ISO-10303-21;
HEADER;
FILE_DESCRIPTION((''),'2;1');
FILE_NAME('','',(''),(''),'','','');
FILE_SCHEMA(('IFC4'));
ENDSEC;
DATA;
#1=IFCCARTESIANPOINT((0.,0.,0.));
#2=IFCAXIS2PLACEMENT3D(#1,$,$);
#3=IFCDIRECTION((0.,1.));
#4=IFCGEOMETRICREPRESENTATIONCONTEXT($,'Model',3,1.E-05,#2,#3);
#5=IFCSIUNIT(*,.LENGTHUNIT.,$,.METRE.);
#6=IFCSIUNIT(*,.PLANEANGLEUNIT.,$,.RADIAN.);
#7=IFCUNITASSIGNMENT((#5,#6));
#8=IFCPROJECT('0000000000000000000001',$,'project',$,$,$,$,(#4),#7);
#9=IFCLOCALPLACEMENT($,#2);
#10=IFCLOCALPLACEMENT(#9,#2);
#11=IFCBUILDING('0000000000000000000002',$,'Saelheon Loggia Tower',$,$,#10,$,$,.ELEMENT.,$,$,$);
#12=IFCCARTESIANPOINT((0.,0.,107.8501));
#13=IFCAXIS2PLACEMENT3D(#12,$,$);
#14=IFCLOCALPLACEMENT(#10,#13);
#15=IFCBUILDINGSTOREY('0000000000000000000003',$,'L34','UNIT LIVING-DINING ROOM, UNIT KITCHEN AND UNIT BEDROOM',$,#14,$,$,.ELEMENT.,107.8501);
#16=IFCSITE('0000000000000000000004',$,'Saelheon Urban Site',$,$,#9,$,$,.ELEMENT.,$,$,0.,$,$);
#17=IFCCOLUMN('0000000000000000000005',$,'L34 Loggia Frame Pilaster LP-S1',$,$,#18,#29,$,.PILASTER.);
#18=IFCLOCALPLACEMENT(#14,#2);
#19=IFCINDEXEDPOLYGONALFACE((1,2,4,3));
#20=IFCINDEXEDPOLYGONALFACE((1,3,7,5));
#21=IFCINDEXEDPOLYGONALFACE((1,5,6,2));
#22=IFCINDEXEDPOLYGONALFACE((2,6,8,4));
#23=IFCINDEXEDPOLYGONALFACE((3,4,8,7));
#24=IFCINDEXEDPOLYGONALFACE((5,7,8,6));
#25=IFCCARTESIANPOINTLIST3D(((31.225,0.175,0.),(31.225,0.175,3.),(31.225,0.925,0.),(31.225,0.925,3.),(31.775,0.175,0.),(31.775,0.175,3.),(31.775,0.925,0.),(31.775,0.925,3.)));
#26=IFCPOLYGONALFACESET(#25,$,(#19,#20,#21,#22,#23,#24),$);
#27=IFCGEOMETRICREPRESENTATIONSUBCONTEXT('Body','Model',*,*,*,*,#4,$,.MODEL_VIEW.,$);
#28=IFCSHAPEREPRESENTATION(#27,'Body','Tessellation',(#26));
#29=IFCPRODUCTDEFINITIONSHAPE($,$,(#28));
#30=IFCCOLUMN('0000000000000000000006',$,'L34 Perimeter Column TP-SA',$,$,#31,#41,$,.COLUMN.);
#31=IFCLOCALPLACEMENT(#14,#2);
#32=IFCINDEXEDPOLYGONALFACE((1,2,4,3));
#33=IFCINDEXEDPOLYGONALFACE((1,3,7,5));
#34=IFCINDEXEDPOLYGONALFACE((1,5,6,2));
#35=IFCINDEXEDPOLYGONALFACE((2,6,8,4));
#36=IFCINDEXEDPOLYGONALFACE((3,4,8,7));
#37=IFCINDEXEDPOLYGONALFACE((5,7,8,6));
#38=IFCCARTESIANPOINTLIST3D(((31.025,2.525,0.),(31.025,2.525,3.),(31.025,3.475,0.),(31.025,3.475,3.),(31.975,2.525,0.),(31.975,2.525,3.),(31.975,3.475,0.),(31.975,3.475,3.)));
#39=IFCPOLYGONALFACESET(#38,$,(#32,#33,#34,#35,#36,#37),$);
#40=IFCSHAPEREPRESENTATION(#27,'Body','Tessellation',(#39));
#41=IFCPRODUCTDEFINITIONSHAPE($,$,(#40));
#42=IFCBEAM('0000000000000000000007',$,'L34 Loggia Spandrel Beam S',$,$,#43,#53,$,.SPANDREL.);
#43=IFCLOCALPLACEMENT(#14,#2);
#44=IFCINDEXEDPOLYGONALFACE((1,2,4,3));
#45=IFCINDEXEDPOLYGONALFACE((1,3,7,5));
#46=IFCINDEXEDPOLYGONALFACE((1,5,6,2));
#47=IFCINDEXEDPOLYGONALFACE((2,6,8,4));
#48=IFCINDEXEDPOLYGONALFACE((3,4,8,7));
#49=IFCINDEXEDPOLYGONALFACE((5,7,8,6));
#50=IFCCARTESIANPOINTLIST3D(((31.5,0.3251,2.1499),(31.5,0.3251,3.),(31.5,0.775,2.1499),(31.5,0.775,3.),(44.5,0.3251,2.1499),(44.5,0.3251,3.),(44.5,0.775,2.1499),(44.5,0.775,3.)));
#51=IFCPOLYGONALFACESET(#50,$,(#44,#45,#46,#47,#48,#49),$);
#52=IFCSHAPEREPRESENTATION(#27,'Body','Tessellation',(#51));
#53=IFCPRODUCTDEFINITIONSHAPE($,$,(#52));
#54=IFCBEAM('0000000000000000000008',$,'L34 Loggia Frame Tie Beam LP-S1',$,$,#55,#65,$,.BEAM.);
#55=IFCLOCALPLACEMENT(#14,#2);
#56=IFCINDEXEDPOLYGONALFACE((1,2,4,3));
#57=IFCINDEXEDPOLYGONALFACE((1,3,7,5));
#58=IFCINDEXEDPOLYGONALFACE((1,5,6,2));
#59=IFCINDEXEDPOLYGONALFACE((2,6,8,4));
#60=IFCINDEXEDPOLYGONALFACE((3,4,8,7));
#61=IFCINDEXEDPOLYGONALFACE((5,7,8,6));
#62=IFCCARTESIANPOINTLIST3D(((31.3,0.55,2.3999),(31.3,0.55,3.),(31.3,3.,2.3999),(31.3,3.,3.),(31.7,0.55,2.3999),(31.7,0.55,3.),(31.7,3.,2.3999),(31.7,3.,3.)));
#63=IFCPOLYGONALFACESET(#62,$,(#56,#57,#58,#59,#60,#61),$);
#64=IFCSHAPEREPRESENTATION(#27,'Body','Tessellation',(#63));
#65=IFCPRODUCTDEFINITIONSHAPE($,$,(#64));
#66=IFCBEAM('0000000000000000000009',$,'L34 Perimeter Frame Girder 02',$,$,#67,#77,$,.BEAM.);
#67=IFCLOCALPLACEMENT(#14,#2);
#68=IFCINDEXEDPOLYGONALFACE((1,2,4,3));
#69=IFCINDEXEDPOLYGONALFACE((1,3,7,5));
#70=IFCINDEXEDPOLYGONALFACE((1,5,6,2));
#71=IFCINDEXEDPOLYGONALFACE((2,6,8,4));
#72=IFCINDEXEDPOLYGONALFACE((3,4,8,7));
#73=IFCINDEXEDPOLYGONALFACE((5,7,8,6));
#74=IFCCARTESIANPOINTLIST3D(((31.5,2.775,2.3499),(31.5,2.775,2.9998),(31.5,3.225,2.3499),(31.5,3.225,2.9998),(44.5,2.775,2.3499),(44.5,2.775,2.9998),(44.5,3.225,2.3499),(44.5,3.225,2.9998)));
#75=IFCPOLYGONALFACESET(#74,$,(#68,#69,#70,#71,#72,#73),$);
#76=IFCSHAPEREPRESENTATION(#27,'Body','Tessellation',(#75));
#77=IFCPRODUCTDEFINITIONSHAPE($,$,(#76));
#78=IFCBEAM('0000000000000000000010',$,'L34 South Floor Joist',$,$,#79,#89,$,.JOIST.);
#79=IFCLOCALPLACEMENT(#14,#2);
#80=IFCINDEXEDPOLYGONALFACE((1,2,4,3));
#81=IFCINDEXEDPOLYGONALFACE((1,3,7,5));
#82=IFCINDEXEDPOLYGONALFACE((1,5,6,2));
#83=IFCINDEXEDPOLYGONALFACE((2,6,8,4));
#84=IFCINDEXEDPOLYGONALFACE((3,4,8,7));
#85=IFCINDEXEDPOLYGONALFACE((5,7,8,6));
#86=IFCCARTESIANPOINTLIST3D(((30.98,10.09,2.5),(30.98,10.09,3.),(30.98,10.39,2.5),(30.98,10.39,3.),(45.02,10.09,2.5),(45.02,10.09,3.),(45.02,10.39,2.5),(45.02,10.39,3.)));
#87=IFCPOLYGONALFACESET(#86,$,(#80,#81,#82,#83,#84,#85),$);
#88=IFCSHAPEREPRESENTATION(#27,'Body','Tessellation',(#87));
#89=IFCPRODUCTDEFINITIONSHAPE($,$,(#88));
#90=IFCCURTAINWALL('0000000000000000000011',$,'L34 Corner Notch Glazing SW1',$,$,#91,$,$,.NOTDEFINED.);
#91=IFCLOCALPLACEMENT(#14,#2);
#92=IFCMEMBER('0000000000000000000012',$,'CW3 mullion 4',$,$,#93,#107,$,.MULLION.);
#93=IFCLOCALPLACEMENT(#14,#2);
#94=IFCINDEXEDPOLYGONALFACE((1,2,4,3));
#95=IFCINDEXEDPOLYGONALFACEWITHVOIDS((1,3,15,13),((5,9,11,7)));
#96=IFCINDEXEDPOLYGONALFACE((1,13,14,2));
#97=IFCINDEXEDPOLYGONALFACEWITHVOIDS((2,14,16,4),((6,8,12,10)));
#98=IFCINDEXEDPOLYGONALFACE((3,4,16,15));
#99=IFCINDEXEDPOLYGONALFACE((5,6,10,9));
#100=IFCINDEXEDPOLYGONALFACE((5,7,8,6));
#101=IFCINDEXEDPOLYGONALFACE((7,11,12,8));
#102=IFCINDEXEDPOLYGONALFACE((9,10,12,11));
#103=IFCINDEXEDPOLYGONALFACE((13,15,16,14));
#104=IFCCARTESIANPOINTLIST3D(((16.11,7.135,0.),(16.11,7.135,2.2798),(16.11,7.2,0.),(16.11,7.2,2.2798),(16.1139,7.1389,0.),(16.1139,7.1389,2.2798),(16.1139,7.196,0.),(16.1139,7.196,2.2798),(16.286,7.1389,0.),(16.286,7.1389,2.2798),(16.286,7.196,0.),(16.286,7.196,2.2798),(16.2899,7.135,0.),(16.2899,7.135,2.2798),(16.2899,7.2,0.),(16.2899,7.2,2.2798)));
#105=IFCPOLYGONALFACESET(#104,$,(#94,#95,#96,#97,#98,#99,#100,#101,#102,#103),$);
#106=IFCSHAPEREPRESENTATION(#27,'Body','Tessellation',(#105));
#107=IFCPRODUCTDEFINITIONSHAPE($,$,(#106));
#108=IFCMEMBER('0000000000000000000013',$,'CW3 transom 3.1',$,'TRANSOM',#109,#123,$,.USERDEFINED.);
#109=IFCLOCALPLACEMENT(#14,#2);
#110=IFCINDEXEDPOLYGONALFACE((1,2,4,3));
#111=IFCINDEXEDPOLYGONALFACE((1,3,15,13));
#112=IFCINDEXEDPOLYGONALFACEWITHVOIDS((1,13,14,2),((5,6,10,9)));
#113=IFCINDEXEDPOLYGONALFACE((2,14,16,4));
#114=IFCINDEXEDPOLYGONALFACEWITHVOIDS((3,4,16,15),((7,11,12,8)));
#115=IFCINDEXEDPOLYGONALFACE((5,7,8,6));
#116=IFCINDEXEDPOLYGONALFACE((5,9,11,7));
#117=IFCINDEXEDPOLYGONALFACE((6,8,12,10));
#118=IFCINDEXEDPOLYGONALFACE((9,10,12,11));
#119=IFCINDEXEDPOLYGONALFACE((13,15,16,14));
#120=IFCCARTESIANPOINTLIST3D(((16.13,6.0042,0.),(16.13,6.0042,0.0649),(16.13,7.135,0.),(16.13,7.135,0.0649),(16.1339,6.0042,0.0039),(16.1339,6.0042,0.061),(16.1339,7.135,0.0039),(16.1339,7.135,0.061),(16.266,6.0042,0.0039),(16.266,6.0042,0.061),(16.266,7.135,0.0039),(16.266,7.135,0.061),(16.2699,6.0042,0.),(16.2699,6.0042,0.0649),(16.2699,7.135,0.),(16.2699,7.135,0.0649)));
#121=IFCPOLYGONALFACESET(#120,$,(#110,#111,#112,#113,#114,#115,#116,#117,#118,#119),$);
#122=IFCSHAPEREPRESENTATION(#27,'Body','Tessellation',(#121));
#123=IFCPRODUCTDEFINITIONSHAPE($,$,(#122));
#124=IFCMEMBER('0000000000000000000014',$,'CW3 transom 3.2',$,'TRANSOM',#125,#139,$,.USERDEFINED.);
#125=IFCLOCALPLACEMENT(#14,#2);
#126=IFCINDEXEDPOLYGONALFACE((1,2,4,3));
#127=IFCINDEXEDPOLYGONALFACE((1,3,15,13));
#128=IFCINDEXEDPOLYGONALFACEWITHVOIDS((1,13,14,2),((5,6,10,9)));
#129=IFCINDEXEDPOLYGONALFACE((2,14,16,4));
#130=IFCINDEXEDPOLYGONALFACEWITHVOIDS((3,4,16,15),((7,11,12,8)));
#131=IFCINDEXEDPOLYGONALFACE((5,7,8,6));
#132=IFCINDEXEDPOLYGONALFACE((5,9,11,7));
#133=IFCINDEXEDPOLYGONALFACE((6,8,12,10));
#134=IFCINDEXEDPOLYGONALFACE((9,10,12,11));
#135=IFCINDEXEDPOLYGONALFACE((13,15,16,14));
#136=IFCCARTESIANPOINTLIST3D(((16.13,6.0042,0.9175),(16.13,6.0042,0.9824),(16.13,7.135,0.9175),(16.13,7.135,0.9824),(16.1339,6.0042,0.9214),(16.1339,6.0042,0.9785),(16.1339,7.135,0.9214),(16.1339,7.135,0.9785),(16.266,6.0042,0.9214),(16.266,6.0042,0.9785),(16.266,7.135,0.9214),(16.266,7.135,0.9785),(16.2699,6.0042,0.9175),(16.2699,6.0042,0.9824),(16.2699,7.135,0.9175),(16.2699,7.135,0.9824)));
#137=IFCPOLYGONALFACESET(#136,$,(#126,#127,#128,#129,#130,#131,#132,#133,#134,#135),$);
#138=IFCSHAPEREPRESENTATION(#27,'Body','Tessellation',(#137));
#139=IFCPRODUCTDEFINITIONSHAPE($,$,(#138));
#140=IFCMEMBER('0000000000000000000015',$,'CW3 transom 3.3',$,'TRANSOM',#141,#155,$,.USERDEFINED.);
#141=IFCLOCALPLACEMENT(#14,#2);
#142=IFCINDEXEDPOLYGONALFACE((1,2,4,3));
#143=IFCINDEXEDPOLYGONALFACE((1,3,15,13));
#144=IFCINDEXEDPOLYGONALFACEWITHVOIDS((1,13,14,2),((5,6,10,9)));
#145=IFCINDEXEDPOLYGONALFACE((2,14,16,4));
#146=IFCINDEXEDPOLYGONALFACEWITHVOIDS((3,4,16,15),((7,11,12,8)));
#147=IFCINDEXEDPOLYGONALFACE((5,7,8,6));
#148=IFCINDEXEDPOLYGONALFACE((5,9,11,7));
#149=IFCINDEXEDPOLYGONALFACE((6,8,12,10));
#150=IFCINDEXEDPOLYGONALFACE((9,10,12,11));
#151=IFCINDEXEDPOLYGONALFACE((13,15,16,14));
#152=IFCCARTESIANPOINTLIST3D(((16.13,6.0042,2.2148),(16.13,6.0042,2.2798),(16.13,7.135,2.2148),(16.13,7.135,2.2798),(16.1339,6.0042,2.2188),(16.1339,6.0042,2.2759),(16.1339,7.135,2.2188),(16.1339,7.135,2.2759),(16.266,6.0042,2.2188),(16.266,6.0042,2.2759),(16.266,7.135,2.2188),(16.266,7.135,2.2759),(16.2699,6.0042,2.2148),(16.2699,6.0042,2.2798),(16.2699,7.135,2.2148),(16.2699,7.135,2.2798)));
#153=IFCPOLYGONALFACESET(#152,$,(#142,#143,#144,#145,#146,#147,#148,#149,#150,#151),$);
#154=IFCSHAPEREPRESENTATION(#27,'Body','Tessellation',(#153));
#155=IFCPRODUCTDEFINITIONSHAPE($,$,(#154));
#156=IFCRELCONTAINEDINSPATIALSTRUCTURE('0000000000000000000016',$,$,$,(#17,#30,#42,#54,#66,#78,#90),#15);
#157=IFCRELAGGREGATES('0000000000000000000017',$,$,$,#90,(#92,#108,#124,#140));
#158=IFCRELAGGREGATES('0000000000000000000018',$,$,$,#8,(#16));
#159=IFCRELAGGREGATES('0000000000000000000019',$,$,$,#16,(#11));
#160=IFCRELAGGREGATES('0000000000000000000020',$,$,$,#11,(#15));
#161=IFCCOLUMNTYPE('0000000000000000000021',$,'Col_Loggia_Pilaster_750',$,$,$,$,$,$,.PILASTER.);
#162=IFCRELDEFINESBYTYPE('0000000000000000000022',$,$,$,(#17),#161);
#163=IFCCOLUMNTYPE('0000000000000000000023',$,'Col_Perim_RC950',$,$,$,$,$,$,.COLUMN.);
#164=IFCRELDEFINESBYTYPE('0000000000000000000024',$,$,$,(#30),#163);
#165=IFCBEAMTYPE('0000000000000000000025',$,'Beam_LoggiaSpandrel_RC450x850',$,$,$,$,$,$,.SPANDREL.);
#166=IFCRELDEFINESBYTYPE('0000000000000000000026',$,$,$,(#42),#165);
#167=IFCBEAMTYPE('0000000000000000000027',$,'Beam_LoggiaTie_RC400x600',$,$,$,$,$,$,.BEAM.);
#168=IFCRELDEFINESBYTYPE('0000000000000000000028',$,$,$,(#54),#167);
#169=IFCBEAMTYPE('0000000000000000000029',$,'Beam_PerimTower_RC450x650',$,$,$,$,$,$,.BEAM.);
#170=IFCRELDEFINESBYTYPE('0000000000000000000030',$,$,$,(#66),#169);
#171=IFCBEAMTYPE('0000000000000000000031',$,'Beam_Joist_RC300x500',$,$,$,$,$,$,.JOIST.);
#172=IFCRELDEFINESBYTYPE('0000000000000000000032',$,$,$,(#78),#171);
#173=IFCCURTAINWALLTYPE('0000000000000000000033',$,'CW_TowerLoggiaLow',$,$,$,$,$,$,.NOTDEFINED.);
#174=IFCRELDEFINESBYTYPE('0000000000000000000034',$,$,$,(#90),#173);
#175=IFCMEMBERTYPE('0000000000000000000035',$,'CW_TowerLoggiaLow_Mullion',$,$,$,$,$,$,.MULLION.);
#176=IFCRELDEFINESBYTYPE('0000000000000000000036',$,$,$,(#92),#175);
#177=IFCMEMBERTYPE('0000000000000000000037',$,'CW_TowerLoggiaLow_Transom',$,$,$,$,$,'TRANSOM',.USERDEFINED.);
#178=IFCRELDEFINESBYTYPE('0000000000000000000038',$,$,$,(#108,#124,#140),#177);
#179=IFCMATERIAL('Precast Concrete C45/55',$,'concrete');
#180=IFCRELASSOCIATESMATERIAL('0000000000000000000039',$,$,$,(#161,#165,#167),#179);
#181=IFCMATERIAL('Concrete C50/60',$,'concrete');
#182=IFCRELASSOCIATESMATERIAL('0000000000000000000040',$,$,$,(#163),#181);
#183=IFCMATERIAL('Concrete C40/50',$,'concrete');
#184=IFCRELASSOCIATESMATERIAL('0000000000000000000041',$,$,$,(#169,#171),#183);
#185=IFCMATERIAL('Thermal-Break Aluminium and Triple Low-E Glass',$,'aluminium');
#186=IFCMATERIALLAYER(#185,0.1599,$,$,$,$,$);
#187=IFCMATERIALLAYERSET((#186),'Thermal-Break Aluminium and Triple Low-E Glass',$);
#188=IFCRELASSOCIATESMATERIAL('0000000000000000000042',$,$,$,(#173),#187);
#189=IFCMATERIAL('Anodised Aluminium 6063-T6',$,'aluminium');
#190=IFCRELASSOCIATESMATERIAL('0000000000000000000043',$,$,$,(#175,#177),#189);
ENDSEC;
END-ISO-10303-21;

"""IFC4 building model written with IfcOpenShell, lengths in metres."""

from ifc_helpers import new_model, si_unit, direction, frame, origin, origin_2d, place, context, subcontext, project, spatial, rectangle, hollow_rectangle, extrude, source, transform, mapped, material, layer, layer_set, material_profile, profile_set, type_object, element, aggregate, save


model = new_model("IFC4")

# Units and contexts
model_context = context("Model", 3, precision=1e-05, world=origin(), true_north=direction((0.0, 1.0)))
body_context = subcontext(model_context, "Body", "Model", "MODEL_VIEW")
ifc_project = project(units=[si_unit("LENGTHUNIT", "METRE"), si_unit("PLANEANGLEUNIT", "RADIAN")], contexts=[model_context])

# Site, building, storey
site_placement = place(None, origin())
site = spatial("IfcSite", under=ifc_project, at=site_placement, Name="Saelheon Urban Site", CompositionType="ELEMENT", RefElevation=0.0)
building_placement = place(site_placement, origin())
building = spatial("IfcBuilding", under=site, at=building_placement, Name="Saelheon Loggia Tower", CompositionType="ELEMENT")
storey_placement = place(building_placement, frame((0.0, 0.0, 107.8501)))
storey = spatial("IfcBuildingStorey", under=building, at=storey_placement, Name="L34", Description="UNIT LIVING-DINING ROOM, UNIT KITCHEN AND UNIT BEDROOM", CompositionType="ELEMENT", Elevation=107.8501)

# Columns
ifc_material_1 = material(Name="Precast Concrete C45/55", Category="concrete")
ifc_material_profile_1 = material_profile(ifc_material_1, rectangle(XDim=0.55, YDim=0.75, at=origin_2d()), Name="RC-550x750")
ifc_profile_set_1 = profile_set([ifc_material_profile_1], Name="Precast Concrete C45/55")
column_type_1 = type_object("IfcColumnType", Name="Col_Loggia_Pilaster_750", PredefinedType="PILASTER", material=ifc_profile_set_1)
shared_shape_1 = source(origin(), body_context, "Body", "SweptSolid", [
    extrude(rectangle(XDim=0.55, YDim=0.75, at=origin_2d()), origin(), (0.0, 0.0, 1.0), 3.0),
])
column_1_placement = place(storey_placement, frame((31.5, 0.55, 0.0), z_axis=(0.0, 0.0, 1.0), x_axis=(1.0, 0.0, 0.0)))
element("IfcColumn", 1, at=column_1_placement, inside=storey, type_object=column_type_1, Name="L34 Loggia Frame Pilaster LP-S1", PredefinedType="PILASTER", context=body_context, shape_type="MappedRepresentation", body=[
    mapped(shared_shape_1, transform((0.0, 0.0, 0.0), scale=1.0)),
])
ifc_material_2 = material(Name="Concrete C50/60", Category="concrete")
ifc_material_profile_2 = material_profile(ifc_material_2, rectangle(XDim=0.95, YDim=0.95, at=origin_2d()), Name="RC-950x950")
ifc_profile_set_2 = profile_set([ifc_material_profile_2], Name="Concrete C50/60")
column_type_2 = type_object("IfcColumnType", Name="Col_Perim_RC950", PredefinedType="COLUMN", material=ifc_profile_set_2)
shared_shape_2 = source(origin(), body_context, "Body", "SweptSolid", [
    extrude(rectangle(XDim=0.95, YDim=0.95, at=origin_2d()), origin(), (0.0, 0.0, 1.0), 3.0),
])
column_2_placement = place(storey_placement, frame((31.5, 3.0, 0.0), z_axis=(0.0, 0.0, 1.0), x_axis=(1.0, 0.0, 0.0)))
element("IfcColumn", 2, at=column_2_placement, inside=storey, type_object=column_type_2, Name="L34 Perimeter Column TP-SA", PredefinedType="COLUMN", context=body_context, shape_type="MappedRepresentation", body=[
    mapped(shared_shape_2, transform((0.0, 0.0, 0.0), scale=1.0)),
])

# Beams
ifc_material_profile_3 = material_profile(ifc_material_1, rectangle(XDim=0.45, YDim=0.8501, at=origin_2d()), Name="RC-450x850")
ifc_profile_set_3 = profile_set([ifc_material_profile_3], Name="Precast Concrete C45/55")
beam_type_1 = type_object("IfcBeamType", Name="Beam_LoggiaSpandrel_RC450x850", PredefinedType="SPANDREL", material=ifc_profile_set_3)
shared_shape_3 = source(origin(), body_context, "Body", "SweptSolid", [
    extrude(rectangle(XDim=0.45, YDim=0.8501, at=origin_2d()), origin(), (0.0, 0.0, 1.0), 13.0),
])
beam_1_placement = place(storey_placement, frame((31.5, 0.55, 2.575), z_axis=(1.0, 0.0, 0.0), x_axis=(0.0, 1.0, 0.0)))
element("IfcBeam", 3, at=beam_1_placement, inside=storey, type_object=beam_type_1, Name="L34 Loggia Spandrel Beam S", PredefinedType="SPANDREL", context=body_context, shape_type="MappedRepresentation", body=[
    mapped(shared_shape_3, transform((0.0, 0.0, 0.0), scale=1.0)),
])
ifc_material_profile_4 = material_profile(ifc_material_1, rectangle(XDim=0.3999, YDim=0.6001, at=origin_2d()), Name="RC-400x600")
ifc_profile_set_4 = profile_set([ifc_material_profile_4], Name="Precast Concrete C45/55")
beam_type_2 = type_object("IfcBeamType", Name="Beam_LoggiaTie_RC400x600", PredefinedType="BEAM", material=ifc_profile_set_4)
shared_shape_4 = source(origin(), body_context, "Body", "SweptSolid", [
    extrude(rectangle(XDim=0.3999, YDim=0.6001, at=origin_2d()), origin(), (0.0, 0.0, 1.0), 2.45),
])
beam_2_placement = place(storey_placement, frame((31.5, 3.0, 2.7), z_axis=(0.0, -1.0, 0.0), x_axis=(1.0, 0.0, 0.0)))
element("IfcBeam", 4, at=beam_2_placement, inside=storey, type_object=beam_type_2, Name="L34 Loggia Frame Tie Beam LP-S1", PredefinedType="BEAM", context=body_context, shape_type="MappedRepresentation", body=[
    mapped(shared_shape_4, transform((0.0, 0.0, 0.0), scale=1.0)),
])
ifc_material_3 = material(Name="Concrete C40/50", Category="concrete")
ifc_material_profile_5 = material_profile(ifc_material_3, rectangle(XDim=0.45, YDim=0.6499, at=origin_2d()), Name="RC-450x650")
ifc_profile_set_5 = profile_set([ifc_material_profile_5], Name="Concrete C40/50")
beam_type_3 = type_object("IfcBeamType", Name="Beam_PerimTower_RC450x650", PredefinedType="BEAM", material=ifc_profile_set_5)
shared_shape_5 = source(origin(), body_context, "Body", "SweptSolid", [
    extrude(rectangle(XDim=0.45, YDim=0.6499, at=origin_2d()), origin(), (0.0, 0.0, 1.0), 13.0),
])
beam_3_placement = place(storey_placement, frame((31.5, 3.0, 2.6748), z_axis=(1.0, 0.0, 0.0), x_axis=(0.0, 1.0, 0.0)))
element("IfcBeam", 5, at=beam_3_placement, inside=storey, type_object=beam_type_3, Name="L34 Perimeter Frame Girder 02", PredefinedType="BEAM", context=body_context, shape_type="MappedRepresentation", body=[
    mapped(shared_shape_5, transform((0.0, 0.0, 0.0), scale=1.0)),
])
ifc_material_profile_6 = material_profile(ifc_material_3, rectangle(XDim=0.3, YDim=0.5, at=origin_2d()), Name="RC-300x500")
ifc_profile_set_6 = profile_set([ifc_material_profile_6], Name="Concrete C40/50")
beam_type_4 = type_object("IfcBeamType", Name="Beam_Joist_RC300x500", PredefinedType="JOIST", material=ifc_profile_set_6)
shared_shape_6 = source(origin(), body_context, "Body", "SweptSolid", [
    extrude(rectangle(XDim=0.3, YDim=0.5, at=origin_2d()), origin(), (0.0, 0.0, 1.0), 14.04),
])
beam_4_placement = place(storey_placement, frame((30.98, 10.24, 2.75), z_axis=(1.0, 0.0, 0.0), x_axis=(0.0, 1.0, 0.0)))
element("IfcBeam", 6, at=beam_4_placement, inside=storey, type_object=beam_type_4, Name="L34 South Floor Joist", PredefinedType="JOIST", context=body_context, shape_type="MappedRepresentation", body=[
    mapped(shared_shape_6, transform((0.0, 0.0, 0.0), scale=1.0)),
])

# Curtain wall, members
ifc_material_4 = material(Name="Thermal-Break Aluminium and Triple Low-E Glass", Category="aluminium")
ifc_layer_1 = layer(ifc_material_4, 0.1599)
ifc_layer_set_1 = layer_set([ifc_layer_1], Name="Thermal-Break Aluminium and Triple Low-E Glass")
curtain_wall_type = type_object("IfcCurtainWallType", Name="CW_TowerLoggiaLow", PredefinedType="NOTDEFINED", material=ifc_layer_set_1)
curtain_wall_placement = place(storey_placement, origin())
curtain_wall = element("IfcCurtainWall", 7, at=curtain_wall_placement, inside=storey, type_object=curtain_wall_type, Name="L34 Corner Notch Glazing SW1", PredefinedType="NOTDEFINED")
ifc_material_5 = material(Name="Anodised Aluminium 6063-T6", Category="aluminium")
ifc_material_profile_7 = material_profile(ifc_material_5, hollow_rectangle(XDim=0.0649, YDim=0.1799, WallThickness=0.0039, at=origin_2d()), Name="RHS-180x65x4")
ifc_profile_set_7 = profile_set([ifc_material_profile_7], Name="Anodised Aluminium 6063-T6")
member_type_1 = type_object("IfcMemberType", Name="CW_TowerLoggiaLow_Mullion", PredefinedType="MULLION", material=ifc_profile_set_7)
shared_shape_7 = source(origin(), body_context, "Body", "SweptSolid", [
    extrude(hollow_rectangle(XDim=0.0649, YDim=0.1799, WallThickness=0.0039, at=origin_2d()), origin(), (0.0, 0.0, 1.0), 2.2798),
])
member_1_placement = place(storey_placement, frame((16.2, 7.1675, 0.0), z_axis=(0.0, 0.0, 1.0), x_axis=(0.0, 1.0, 0.0)))
member_1 = element("IfcMember", 8, at=member_1_placement, type_object=member_type_1, Name="CW3 mullion 4", PredefinedType="MULLION", context=body_context, shape_type="MappedRepresentation", body=[
    mapped(shared_shape_7, transform((0.0, 0.0, 0.0), scale=1.0)),
])
ifc_material_profile_8 = material_profile(ifc_material_5, hollow_rectangle(XDim=0.0649, YDim=0.1399, WallThickness=0.0039, at=origin_2d()), Name="RHS-140x65x4")
ifc_profile_set_8 = profile_set([ifc_material_profile_8], Name="Anodised Aluminium 6063-T6")
member_type_2 = type_object("IfcMemberType", Name="CW_TowerLoggiaLow_Transom", ElementType="TRANSOM", PredefinedType="USERDEFINED", material=ifc_profile_set_8)
shared_shape_8 = source(origin(), body_context, "Body", "SweptSolid", [
    extrude(hollow_rectangle(XDim=0.0649, YDim=0.1399, WallThickness=0.0039, at=origin_2d()), origin(), (0.0, 0.0, 1.0), 1.1309),
])
member_2_placement = place(storey_placement, frame((16.2, 6.0042, 0.0325), z_axis=(0.0, 1.0, 0.0), x_axis=(0.0, 0.0, 1.0)))
member_2 = element("IfcMember", 9, at=member_2_placement, type_object=member_type_2, Name="CW3 transom 3.1", ObjectType="TRANSOM", PredefinedType="USERDEFINED", context=body_context, shape_type="MappedRepresentation", body=[
    mapped(shared_shape_8, transform((0.0, 0.0, 0.0), scale=1.0)),
])
member_3_placement = place(storey_placement, frame((16.2, 6.0042, 0.95), z_axis=(0.0, 1.0, 0.0), x_axis=(0.0, 0.0, 1.0)))
member_3 = element("IfcMember", 10, at=member_3_placement, type_object=member_type_2, Name="CW3 transom 3.2", ObjectType="TRANSOM", PredefinedType="USERDEFINED", context=body_context, shape_type="MappedRepresentation", body=[
    mapped(shared_shape_8, transform((0.0, 0.0, 0.0), scale=1.0)),
])
member_4_placement = place(storey_placement, frame((16.2, 6.0042, 2.2473), z_axis=(0.0, 1.0, 0.0), x_axis=(0.0, 0.0, 1.0)))
member_4 = element("IfcMember", 11, at=member_4_placement, type_object=member_type_2, Name="CW3 transom 3.3", ObjectType="TRANSOM", PredefinedType="USERDEFINED", context=body_context, shape_type="MappedRepresentation", body=[
    mapped(shared_shape_8, transform((0.0, 0.0, 0.0), scale=1.0)),
])
aggregate(curtain_wall, [member_1, member_2, member_3, member_4])

save(model, "model.ifc")
